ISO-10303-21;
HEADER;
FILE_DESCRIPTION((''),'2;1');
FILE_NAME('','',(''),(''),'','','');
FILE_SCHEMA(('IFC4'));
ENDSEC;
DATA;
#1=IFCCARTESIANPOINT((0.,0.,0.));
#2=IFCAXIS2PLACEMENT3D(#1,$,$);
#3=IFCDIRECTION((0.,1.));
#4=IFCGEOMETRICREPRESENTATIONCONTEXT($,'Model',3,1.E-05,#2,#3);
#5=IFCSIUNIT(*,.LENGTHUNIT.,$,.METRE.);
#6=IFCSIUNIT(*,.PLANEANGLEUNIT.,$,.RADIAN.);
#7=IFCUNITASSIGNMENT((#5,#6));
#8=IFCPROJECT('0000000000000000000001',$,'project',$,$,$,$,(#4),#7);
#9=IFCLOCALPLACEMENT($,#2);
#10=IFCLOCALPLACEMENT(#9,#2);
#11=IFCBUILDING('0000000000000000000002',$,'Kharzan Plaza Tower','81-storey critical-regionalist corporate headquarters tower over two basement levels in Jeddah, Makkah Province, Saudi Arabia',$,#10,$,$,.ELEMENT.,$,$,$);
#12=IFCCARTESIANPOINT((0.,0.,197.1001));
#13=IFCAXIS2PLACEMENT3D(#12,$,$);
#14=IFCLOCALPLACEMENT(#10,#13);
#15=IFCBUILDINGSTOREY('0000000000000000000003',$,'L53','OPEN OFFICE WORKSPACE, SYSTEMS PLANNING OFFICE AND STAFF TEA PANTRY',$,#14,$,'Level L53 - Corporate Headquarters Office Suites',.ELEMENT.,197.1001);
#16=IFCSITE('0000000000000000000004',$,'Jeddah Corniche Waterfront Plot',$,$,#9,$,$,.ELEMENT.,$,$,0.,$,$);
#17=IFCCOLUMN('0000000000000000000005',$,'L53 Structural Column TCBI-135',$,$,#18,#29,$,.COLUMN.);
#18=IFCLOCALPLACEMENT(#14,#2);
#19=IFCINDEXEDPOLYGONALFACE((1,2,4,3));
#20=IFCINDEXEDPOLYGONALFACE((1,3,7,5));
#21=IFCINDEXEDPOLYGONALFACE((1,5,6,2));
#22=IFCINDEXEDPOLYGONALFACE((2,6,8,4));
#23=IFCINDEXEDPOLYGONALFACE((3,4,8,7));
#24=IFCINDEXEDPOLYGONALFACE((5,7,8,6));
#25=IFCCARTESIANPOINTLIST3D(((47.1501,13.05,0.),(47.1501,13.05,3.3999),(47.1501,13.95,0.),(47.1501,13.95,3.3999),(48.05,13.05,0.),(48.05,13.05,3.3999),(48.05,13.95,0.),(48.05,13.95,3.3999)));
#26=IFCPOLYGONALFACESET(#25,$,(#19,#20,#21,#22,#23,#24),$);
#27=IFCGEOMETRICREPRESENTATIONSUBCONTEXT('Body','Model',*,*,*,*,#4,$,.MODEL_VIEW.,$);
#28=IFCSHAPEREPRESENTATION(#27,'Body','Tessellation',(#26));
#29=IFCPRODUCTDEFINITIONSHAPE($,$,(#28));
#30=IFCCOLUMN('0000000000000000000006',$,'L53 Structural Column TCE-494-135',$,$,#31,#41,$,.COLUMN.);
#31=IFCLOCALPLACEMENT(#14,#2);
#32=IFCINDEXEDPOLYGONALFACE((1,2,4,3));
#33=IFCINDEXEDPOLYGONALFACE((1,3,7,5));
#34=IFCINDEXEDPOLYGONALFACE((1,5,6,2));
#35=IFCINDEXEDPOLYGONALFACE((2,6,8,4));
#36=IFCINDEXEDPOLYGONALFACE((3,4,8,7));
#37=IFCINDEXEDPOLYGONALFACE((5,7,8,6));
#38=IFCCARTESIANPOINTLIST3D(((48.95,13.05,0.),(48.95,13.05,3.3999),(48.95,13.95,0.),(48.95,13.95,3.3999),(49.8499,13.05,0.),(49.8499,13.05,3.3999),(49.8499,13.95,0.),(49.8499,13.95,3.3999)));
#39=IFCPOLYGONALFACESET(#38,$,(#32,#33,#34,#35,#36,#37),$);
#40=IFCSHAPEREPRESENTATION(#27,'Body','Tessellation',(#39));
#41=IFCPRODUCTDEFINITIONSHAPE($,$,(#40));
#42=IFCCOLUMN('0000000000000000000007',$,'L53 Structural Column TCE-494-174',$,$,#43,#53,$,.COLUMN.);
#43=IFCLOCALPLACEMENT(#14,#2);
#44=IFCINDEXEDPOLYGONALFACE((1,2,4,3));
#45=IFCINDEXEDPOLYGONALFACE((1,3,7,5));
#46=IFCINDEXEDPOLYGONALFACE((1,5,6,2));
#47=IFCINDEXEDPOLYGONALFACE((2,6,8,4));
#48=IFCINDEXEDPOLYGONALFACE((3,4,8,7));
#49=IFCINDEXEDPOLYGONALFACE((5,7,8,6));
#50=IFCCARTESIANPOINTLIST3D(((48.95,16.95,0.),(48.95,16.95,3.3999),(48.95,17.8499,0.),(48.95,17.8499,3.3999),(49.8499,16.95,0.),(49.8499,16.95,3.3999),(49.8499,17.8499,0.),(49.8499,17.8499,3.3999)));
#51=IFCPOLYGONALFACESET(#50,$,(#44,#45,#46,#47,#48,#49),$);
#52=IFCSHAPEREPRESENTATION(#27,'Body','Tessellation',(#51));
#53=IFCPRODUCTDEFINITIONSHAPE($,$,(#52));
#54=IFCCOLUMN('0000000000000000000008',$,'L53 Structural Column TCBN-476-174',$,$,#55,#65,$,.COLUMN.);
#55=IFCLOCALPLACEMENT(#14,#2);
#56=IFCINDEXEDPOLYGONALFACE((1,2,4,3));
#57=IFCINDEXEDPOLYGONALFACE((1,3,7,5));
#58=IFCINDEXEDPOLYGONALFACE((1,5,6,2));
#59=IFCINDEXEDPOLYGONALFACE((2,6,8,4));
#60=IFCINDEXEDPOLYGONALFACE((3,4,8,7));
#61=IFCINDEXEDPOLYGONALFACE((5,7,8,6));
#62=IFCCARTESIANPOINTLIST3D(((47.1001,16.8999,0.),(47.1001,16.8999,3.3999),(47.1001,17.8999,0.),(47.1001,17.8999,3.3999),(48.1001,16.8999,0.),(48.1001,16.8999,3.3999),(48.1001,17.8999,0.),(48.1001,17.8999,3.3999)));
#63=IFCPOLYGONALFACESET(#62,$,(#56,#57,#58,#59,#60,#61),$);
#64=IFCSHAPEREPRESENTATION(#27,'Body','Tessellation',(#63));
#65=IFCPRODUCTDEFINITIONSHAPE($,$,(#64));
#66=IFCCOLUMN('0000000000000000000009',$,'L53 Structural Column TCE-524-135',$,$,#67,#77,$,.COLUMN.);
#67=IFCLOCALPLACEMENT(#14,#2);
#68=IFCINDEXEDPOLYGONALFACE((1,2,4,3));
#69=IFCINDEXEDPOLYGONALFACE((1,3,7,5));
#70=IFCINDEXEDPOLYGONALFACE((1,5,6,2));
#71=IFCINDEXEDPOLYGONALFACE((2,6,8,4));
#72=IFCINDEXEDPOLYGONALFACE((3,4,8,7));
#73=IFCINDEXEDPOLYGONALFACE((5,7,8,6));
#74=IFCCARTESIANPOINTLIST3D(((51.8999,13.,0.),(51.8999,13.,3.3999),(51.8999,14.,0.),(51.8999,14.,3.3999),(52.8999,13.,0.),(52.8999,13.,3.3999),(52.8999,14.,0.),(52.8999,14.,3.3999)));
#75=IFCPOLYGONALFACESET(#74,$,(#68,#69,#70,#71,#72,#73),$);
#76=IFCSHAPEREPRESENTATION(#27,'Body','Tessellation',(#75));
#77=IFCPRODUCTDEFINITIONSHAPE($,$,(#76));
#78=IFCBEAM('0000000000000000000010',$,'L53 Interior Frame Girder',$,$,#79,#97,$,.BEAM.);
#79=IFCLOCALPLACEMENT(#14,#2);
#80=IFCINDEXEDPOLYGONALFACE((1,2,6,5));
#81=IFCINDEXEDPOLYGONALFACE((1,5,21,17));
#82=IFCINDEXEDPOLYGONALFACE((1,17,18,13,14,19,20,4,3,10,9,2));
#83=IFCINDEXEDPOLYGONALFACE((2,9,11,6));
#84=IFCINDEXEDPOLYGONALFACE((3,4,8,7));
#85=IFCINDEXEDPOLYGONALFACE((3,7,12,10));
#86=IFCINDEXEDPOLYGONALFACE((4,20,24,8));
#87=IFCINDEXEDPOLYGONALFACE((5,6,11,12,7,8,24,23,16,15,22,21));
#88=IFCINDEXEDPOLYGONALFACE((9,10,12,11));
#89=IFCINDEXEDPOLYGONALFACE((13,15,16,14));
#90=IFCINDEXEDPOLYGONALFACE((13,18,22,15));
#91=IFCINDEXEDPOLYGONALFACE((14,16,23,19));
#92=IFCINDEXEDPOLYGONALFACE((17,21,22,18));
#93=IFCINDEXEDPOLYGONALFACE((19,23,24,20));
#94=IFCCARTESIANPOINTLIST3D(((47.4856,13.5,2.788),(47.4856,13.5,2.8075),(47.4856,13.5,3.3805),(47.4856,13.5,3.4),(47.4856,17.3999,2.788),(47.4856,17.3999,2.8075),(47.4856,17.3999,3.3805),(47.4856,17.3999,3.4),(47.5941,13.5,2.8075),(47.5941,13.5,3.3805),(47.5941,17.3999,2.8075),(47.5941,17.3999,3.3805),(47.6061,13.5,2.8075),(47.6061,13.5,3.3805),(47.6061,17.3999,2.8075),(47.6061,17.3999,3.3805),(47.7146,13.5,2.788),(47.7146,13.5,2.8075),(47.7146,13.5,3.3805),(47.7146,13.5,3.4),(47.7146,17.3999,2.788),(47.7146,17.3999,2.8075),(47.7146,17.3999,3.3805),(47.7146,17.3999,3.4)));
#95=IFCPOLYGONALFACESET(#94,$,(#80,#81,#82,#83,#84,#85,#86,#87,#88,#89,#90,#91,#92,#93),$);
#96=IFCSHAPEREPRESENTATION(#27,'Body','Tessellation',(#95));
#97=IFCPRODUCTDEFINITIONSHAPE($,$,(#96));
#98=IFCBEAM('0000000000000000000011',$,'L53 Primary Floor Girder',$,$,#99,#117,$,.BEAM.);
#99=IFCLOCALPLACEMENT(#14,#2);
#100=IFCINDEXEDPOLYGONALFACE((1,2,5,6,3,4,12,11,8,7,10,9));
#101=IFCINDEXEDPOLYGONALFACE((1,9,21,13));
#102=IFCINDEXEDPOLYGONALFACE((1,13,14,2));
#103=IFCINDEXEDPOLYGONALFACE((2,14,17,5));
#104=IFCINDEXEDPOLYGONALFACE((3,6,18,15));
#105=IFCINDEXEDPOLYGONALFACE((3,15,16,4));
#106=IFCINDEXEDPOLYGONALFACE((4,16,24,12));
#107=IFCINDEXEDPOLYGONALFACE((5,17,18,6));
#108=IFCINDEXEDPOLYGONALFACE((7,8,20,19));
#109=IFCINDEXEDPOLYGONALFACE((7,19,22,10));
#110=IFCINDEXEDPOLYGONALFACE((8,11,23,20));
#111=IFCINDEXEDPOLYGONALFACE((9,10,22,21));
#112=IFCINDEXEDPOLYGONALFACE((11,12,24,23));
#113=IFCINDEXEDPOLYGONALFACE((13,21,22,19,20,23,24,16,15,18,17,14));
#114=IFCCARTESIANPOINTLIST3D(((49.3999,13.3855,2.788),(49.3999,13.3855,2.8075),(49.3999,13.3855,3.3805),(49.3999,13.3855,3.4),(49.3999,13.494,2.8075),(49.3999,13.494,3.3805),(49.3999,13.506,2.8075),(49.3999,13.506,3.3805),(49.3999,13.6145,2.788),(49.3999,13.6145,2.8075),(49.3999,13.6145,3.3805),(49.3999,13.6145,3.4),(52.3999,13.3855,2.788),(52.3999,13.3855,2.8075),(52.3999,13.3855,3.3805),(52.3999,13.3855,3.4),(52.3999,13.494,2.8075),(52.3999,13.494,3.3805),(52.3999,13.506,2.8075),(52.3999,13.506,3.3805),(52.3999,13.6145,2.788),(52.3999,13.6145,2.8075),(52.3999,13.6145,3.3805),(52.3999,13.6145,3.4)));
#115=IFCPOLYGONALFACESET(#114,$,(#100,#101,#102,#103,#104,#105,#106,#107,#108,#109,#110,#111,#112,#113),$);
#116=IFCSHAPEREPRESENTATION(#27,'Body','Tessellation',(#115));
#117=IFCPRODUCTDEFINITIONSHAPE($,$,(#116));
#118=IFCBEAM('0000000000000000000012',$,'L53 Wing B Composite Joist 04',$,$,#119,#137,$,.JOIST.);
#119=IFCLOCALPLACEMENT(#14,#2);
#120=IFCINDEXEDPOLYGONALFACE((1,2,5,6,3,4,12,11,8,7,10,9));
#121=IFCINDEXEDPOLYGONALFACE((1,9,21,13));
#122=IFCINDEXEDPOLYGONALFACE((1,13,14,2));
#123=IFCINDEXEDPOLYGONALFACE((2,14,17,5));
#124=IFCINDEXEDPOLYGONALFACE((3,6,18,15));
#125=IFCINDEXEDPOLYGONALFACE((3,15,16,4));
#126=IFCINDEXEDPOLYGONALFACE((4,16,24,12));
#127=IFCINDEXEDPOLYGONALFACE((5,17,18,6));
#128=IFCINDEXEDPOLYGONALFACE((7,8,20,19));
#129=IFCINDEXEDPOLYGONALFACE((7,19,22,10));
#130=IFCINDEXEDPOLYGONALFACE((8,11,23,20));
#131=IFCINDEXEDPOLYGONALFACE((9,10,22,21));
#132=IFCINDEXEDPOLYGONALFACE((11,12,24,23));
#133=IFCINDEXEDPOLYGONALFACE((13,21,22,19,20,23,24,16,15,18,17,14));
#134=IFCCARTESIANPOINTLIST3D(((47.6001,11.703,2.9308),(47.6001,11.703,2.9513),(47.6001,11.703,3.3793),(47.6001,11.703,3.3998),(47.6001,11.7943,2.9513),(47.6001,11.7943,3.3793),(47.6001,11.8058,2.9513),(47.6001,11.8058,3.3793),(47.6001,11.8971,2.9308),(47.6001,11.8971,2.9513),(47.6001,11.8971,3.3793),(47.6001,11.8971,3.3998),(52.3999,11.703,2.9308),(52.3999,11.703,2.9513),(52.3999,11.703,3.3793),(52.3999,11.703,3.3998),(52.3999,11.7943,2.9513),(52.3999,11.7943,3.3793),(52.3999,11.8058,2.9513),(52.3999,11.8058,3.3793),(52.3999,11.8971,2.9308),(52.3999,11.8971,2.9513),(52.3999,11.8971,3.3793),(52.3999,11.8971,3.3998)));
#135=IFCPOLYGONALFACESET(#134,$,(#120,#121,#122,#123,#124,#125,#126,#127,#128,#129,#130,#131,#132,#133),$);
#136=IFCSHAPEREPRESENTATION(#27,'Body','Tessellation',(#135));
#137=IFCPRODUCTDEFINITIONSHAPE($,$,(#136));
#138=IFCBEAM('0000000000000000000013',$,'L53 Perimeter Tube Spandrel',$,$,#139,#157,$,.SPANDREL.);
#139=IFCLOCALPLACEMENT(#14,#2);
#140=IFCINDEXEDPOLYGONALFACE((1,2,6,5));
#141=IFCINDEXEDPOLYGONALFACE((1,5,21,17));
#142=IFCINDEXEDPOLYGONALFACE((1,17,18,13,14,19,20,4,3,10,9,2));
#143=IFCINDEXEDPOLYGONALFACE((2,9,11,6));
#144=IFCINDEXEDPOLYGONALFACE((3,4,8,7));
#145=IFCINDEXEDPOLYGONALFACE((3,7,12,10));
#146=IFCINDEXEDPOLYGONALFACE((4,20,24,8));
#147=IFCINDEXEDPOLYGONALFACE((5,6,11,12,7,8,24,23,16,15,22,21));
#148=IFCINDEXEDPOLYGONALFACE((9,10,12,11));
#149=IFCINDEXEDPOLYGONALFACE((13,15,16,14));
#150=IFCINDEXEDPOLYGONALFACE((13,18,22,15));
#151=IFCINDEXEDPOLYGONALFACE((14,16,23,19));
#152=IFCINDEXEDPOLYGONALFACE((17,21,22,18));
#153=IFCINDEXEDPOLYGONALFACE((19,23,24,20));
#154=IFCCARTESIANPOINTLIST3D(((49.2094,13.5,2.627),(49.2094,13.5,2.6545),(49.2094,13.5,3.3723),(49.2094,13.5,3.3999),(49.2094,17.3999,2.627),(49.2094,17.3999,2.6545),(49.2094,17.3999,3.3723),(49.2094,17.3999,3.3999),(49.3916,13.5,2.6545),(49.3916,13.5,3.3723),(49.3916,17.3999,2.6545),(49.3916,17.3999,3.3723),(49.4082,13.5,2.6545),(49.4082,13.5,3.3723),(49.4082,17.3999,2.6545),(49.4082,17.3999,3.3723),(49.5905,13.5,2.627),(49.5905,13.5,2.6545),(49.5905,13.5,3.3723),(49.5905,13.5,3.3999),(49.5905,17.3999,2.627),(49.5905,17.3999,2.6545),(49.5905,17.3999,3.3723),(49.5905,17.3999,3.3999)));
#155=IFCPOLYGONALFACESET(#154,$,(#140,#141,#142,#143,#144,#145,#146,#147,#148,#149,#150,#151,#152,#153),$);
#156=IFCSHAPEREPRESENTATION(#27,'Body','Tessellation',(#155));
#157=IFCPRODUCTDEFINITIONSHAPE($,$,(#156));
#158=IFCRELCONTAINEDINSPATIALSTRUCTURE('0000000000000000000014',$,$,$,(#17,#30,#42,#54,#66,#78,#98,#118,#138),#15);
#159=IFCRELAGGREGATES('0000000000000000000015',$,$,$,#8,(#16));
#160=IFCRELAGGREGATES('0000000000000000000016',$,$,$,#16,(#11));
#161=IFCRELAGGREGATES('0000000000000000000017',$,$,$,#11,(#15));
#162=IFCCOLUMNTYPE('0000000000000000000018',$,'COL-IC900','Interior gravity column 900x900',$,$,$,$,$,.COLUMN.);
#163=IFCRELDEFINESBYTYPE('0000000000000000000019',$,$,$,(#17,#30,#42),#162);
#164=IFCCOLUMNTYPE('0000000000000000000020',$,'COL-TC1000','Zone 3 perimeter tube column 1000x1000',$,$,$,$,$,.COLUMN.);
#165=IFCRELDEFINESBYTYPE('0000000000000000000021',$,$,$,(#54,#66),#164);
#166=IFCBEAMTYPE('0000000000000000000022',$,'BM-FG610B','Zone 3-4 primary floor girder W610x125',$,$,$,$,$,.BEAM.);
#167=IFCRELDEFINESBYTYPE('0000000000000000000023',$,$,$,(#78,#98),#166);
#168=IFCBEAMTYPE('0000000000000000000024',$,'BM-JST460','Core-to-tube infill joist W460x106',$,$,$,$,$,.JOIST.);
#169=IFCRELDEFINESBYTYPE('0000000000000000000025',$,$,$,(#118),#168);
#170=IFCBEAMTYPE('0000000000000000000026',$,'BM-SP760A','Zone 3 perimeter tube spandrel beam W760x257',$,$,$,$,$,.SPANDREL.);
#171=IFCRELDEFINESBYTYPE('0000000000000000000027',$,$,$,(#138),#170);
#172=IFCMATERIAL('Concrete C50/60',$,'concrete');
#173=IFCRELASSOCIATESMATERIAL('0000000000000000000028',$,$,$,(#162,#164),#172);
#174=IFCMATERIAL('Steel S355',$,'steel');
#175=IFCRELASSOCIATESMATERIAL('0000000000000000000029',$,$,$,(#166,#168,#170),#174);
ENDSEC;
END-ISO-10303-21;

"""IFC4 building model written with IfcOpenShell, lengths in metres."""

from ifc_helpers import new_model, si_unit, direction, frame, origin, origin_2d, place, context, subcontext, project, spatial, rectangle, i_section, extrude, source, transform, mapped, material, material_profile, profile_set, type_object, element, save


model = new_model("IFC4")

# Units and contexts
model_context = context("Model", 3, precision=1e-05, world=origin(), true_north=direction((0.0, 1.0)))
body_context = subcontext(model_context, "Body", "Model", "MODEL_VIEW")
ifc_project = project(units=[si_unit("LENGTHUNIT", "METRE"), si_unit("PLANEANGLEUNIT", "RADIAN")], contexts=[model_context])

# Site, building, storey
site_placement = place(None, origin())
site = spatial("IfcSite", under=ifc_project, at=site_placement, Name="Jeddah Corniche Waterfront Plot", CompositionType="ELEMENT", RefElevation=0.0)
building_placement = place(site_placement, origin())
building = spatial("IfcBuilding", under=site, at=building_placement, Name="Kharzan Plaza Tower", Description="81-storey critical-regionalist corporate headquarters tower over two basement levels in Jeddah, Makkah Province, Saudi Arabia", CompositionType="ELEMENT")
storey_placement = place(building_placement, frame((0.0, 0.0, 197.1001)))
storey = spatial("IfcBuildingStorey", under=building, at=storey_placement, Name="L53", Description="OPEN OFFICE WORKSPACE, SYSTEMS PLANNING OFFICE AND STAFF TEA PANTRY", LongName="Level L53 - Corporate Headquarters Office Suites", CompositionType="ELEMENT", Elevation=197.1001)

# Columns
ifc_material_1 = material(Name="Concrete C50/60", Category="concrete")
ifc_material_profile_1 = material_profile(ifc_material_1, rectangle(XDim=0.8999, YDim=0.8999, at=origin_2d()), Name="RC-IC900x900")
ifc_profile_set_1 = profile_set([ifc_material_profile_1], Name="Concrete C50/60")
column_type_1 = type_object("IfcColumnType", Name="COL-IC900", Description="Interior gravity column 900x900", PredefinedType="COLUMN", material=ifc_profile_set_1)
shared_shape_1 = source(origin(), body_context, "Body", "SweptSolid", [
    extrude(rectangle(XDim=0.8999, YDim=0.8999, at=origin_2d()), origin(), (0.0, 0.0, 1.0), 3.3999),
])
for number, where, z_axis, x_axis, name in (
    (1, (47.6001, 13.5, 0.0), (0.0, 0.0, 1.0), (1.0, 0.0, 0.0), "L53 Structural Column TCBI-135"),
    (2, (49.3999, 13.5, 0.0), (0.0, 0.0, 1.0), (1.0, 0.0, 0.0), "L53 Structural Column TCE-494-135"),
    (3, (49.3999, 17.3999, 0.0), (0.0, 0.0, 1.0), (1.0, 0.0, 0.0), "L53 Structural Column TCE-494-174"),
):
    element("IfcColumn", number, at=place(storey_placement, frame(where, z_axis=z_axis, x_axis=x_axis)), inside=storey, type_object=column_type_1, Name=name, PredefinedType="COLUMN", context=body_context, shape_type="MappedRepresentation", body=[
        mapped(shared_shape_1, transform((0.0, 0.0, 0.0), x_axis=(1.0, 0.0, 0.0), y_axis=(0.0, 1.0, 0.0), z_axis=(0.0, 0.0, 1.0))),
    ])
ifc_material_profile_2 = material_profile(ifc_material_1, rectangle(XDim=1.0, YDim=1.0, at=origin_2d()), Name="RC-TC1000x1000")
ifc_profile_set_2 = profile_set([ifc_material_profile_2], Name="Concrete C50/60")
column_type_2 = type_object("IfcColumnType", Name="COL-TC1000", Description="Zone 3 perimeter tube column 1000x1000", PredefinedType="COLUMN", material=ifc_profile_set_2)
shared_shape_2 = source(origin(), body_context, "Body", "SweptSolid", [
    extrude(rectangle(XDim=1.0, YDim=1.0, at=origin_2d()), origin(), (0.0, 0.0, 1.0), 3.3999),
])
for number, where, z_axis, x_axis, name in (
    (4, (47.6001, 17.3999, 0.0), (0.0, 0.0, 1.0), (1.0, 0.0, 0.0), "L53 Structural Column TCBN-476-174"),
    (5, (52.3999, 13.5, 0.0), (0.0, 0.0, 1.0), (1.0, 0.0, 0.0), "L53 Structural Column TCE-524-135"),
):
    element("IfcColumn", number, at=place(storey_placement, frame(where, z_axis=z_axis, x_axis=x_axis)), inside=storey, type_object=column_type_2, Name=name, PredefinedType="COLUMN", context=body_context, shape_type="MappedRepresentation", body=[
        mapped(shared_shape_2, transform((0.0, 0.0, 0.0), x_axis=(1.0, 0.0, 0.0), y_axis=(0.0, 1.0, 0.0), z_axis=(0.0, 0.0, 1.0))),
    ])

# Beams
ifc_material_2 = material(Name="Steel S355", Category="steel")
ifc_material_profile_3 = material_profile(ifc_material_2, i_section(OverallWidth=0.229, OverallDepth=0.6121, WebThickness=0.012, FlangeThickness=0.0195, at=origin_2d()), Name="W610x125")
ifc_profile_set_3 = profile_set([ifc_material_profile_3], Name="Steel S355")
beam_type_1 = type_object("IfcBeamType", Name="BM-FG610B", Description="Zone 3-4 primary floor girder W610x125", PredefinedType="BEAM", material=ifc_profile_set_3)
shared_shape_3 = source(origin(), body_context, "Body", "SweptSolid", [
    extrude(i_section(OverallWidth=0.229, OverallDepth=0.6121, WebThickness=0.012, FlangeThickness=0.0195, at=origin_2d()), origin(), (0.0, 0.0, 1.0), 3.8999),
])
beam_1_placement = place(storey_placement, frame((47.6001, 13.5, 3.094), z_axis=(0.0, 1.0, 0.0), x_axis=(-1.0, 0.0, 0.0)))
element("IfcBeam", 6, at=beam_1_placement, inside=storey, type_object=beam_type_1, Name="L53 Interior Frame Girder", PredefinedType="BEAM", context=body_context, shape_type="MappedRepresentation", body=[
    mapped(shared_shape_3, transform((0.0, 0.0, 0.0), x_axis=(1.0, 0.0, 0.0), y_axis=(0.0, 1.0, 0.0), z_axis=(0.0, 0.0, 1.0))),
])
shared_shape_4 = source(origin(), body_context, "Body", "SweptSolid", [
    extrude(i_section(OverallWidth=0.229, OverallDepth=0.6121, WebThickness=0.012, FlangeThickness=0.0195, at=origin_2d()), origin(), (0.0, 0.0, 1.0), 3.0),
])
beam_2_placement = place(storey_placement, frame((49.3999, 13.5, 3.094), z_axis=(1.0, 0.0, 0.0), x_axis=(0.0, 1.0, 0.0)))
element("IfcBeam", 7, at=beam_2_placement, inside=storey, type_object=beam_type_1, Name="L53 Primary Floor Girder", PredefinedType="BEAM", context=body_context, shape_type="MappedRepresentation", body=[
    mapped(shared_shape_4, transform((0.0, 0.0, 0.0), x_axis=(1.0, 0.0, 0.0), y_axis=(0.0, 1.0, 0.0), z_axis=(0.0, 0.0, 1.0))),
])
ifc_material_profile_4 = material_profile(ifc_material_2, i_section(OverallWidth=0.1941, OverallDepth=0.469, WebThickness=0.0115, FlangeThickness=0.0205, at=origin_2d()), Name="W460x106")
ifc_profile_set_4 = profile_set([ifc_material_profile_4], Name="Steel S355")
beam_type_2 = type_object("IfcBeamType", Name="BM-JST460", Description="Core-to-tube infill joist W460x106", PredefinedType="JOIST", material=ifc_profile_set_4)
shared_shape_5 = source(origin(), body_context, "Body", "SweptSolid", [
    extrude(i_section(OverallWidth=0.1941, OverallDepth=0.469, WebThickness=0.0115, FlangeThickness=0.0205, at=origin_2d()), origin(), (0.0, 0.0, 1.0), 4.7998),
])
beam_3_placement = place(storey_placement, frame((47.6001, 11.8, 3.1653), z_axis=(1.0, 0.0, 0.0), x_axis=(0.0, 1.0, 0.0)))
element("IfcBeam", 8, at=beam_3_placement, inside=storey, type_object=beam_type_2, Name="L53 Wing B Composite Joist 04", PredefinedType="JOIST", context=body_context, shape_type="MappedRepresentation", body=[
    mapped(shared_shape_5, transform((0.0, 0.0, 0.0), x_axis=(1.0, 0.0, 0.0), y_axis=(0.0, 1.0, 0.0), z_axis=(0.0, 0.0, 1.0))),
])
ifc_material_profile_5 = material_profile(ifc_material_2, i_section(OverallWidth=0.3811, OverallDepth=0.7729, WebThickness=0.0166, FlangeThickness=0.0276, at=origin_2d()), Name="W760x257")
ifc_profile_set_5 = profile_set([ifc_material_profile_5], Name="Steel S355")
beam_type_3 = type_object("IfcBeamType", Name="BM-SP760A", Description="Zone 3 perimeter tube spandrel beam W760x257", PredefinedType="SPANDREL", material=ifc_profile_set_5)
shared_shape_6 = source(origin(), body_context, "Body", "SweptSolid", [
    extrude(i_section(OverallWidth=0.3811, OverallDepth=0.7729, WebThickness=0.0166, FlangeThickness=0.0276, at=origin_2d()), origin(), (0.0, 0.0, 1.0), 3.8999),
])
beam_4_placement = place(storey_placement, frame((49.3999, 13.5, 3.0134), z_axis=(0.0, 1.0, 0.0), x_axis=(-1.0, 0.0, 0.0)))
element("IfcBeam", 9, at=beam_4_placement, inside=storey, type_object=beam_type_3, Name="L53 Perimeter Tube Spandrel", PredefinedType="SPANDREL", context=body_context, shape_type="MappedRepresentation", body=[
    mapped(shared_shape_6, transform((0.0, 0.0, 0.0), x_axis=(1.0, 0.0, 0.0), y_axis=(0.0, 1.0, 0.0), z_axis=(0.0, 0.0, 1.0))),
])

save(model, "model.ifc")
